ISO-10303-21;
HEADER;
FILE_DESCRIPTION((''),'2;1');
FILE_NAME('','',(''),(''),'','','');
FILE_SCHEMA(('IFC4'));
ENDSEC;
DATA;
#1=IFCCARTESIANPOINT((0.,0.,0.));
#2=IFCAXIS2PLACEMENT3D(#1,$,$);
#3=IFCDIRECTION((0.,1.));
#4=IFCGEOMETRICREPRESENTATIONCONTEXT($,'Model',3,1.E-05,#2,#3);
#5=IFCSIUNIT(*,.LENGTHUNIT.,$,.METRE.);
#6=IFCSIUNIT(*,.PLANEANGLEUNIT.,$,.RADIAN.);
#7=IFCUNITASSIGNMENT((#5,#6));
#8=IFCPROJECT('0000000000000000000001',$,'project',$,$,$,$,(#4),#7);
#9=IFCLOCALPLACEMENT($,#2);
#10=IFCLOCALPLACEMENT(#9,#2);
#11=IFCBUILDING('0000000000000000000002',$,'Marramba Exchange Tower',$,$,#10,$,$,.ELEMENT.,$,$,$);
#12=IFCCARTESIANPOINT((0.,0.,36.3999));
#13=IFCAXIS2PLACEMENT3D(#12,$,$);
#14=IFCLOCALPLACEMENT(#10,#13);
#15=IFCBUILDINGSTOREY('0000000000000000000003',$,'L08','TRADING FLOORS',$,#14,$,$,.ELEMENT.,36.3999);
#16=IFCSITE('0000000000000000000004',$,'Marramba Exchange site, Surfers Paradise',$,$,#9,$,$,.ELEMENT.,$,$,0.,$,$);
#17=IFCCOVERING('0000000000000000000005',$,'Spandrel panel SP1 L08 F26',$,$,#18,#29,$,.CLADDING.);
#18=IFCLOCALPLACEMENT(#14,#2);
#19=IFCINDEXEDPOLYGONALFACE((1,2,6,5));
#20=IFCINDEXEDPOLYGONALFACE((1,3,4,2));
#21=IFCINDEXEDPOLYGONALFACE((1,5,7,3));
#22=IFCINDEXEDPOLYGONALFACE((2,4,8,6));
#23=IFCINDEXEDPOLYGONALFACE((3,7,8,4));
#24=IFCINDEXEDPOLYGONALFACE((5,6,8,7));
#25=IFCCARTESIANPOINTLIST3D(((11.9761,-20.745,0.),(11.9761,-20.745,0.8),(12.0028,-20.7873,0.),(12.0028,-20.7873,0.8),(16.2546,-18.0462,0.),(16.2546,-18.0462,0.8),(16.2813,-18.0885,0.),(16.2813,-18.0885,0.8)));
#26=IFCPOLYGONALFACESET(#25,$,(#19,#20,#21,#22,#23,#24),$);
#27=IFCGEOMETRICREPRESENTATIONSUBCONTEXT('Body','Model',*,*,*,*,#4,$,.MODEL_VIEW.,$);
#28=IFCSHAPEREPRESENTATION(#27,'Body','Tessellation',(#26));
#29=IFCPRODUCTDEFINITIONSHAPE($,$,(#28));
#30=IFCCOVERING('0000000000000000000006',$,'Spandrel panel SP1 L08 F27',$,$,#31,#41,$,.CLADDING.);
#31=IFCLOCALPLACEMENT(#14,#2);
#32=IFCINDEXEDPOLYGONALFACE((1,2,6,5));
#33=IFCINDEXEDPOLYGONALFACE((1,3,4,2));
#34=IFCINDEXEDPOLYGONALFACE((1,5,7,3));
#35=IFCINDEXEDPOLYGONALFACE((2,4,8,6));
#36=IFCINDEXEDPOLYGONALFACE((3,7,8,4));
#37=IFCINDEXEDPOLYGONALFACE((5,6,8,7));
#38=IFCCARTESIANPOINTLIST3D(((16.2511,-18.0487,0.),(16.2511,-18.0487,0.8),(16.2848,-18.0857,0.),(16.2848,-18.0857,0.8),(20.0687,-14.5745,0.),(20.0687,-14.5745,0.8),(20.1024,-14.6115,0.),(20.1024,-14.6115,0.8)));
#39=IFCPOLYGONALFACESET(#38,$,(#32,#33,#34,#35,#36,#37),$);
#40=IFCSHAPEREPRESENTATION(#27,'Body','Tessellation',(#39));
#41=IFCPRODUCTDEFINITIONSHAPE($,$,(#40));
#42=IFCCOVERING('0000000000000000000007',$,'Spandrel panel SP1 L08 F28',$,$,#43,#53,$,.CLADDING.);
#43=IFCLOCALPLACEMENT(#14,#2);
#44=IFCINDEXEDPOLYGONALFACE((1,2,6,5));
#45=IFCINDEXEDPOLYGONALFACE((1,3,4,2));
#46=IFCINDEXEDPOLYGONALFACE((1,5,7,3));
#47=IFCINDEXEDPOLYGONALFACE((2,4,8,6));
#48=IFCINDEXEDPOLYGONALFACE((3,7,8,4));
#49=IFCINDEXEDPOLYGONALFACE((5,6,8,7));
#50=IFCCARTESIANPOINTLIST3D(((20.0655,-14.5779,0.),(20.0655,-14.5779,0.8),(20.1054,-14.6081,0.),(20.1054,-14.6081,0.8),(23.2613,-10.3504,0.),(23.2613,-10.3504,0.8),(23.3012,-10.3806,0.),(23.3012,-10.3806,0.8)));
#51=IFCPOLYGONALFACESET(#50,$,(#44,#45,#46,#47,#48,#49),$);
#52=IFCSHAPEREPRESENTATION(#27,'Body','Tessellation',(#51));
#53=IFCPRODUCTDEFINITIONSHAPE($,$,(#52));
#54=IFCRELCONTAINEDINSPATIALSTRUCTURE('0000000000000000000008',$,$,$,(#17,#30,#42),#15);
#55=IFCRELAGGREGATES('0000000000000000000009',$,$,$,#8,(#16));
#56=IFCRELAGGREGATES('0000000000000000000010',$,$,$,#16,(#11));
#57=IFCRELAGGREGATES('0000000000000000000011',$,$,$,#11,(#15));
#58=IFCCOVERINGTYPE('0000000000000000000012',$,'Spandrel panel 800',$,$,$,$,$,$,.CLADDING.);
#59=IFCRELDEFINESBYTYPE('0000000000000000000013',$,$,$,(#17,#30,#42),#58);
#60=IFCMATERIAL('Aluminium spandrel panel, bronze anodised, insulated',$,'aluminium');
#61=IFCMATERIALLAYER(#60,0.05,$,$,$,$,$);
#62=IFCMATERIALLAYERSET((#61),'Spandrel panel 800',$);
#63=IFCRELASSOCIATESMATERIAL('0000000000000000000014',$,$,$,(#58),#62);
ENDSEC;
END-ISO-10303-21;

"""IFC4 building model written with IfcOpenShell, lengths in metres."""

from ifc_helpers import new_model, si_unit, direction, frame, origin, origin_2d, place, context, subcontext, project, spatial, rectangle, extrude, material, layer, layer_set, type_object, element, save


model = new_model("IFC4")

# Units and contexts
model_context = context("Model", 3, precision=1e-05, world=origin(), true_north=direction((0.0, 1.0)))
body_context = subcontext(model_context, "Body", "Model", "MODEL_VIEW")
ifc_project = project(units=[si_unit("LENGTHUNIT", "METRE"), si_unit("PLANEANGLEUNIT", "RADIAN")], contexts=[model_context])

# Site, building, storey
site_placement = place(None, origin())
site = spatial("IfcSite", under=ifc_project, at=site_placement, Name="Marramba Exchange site, Surfers Paradise", CompositionType="ELEMENT", RefElevation=0.0)
building_placement = place(site_placement, origin())
building = spatial("IfcBuilding", under=site, at=building_placement, Name="Marramba Exchange Tower", CompositionType="ELEMENT")
storey_placement = place(building_placement, frame((0.0, 0.0, 36.3999)))
storey = spatial("IfcBuildingStorey", under=building, at=storey_placement, Name="L08", Description="TRADING FLOORS", CompositionType="ELEMENT", Elevation=36.3999)

# Coverings
ifc_material_1 = material(Name="Aluminium spandrel panel, bronze anodised, insulated", Category="aluminium")
ifc_layer_1 = layer(ifc_material_1, 0.05)
ifc_layer_set_1 = layer_set([ifc_layer_1], Name="Spandrel panel 800")
covering_type = type_object("IfcCoveringType", Name="Spandrel panel 800", PredefinedType="CLADDING", material=ifc_layer_set_1)
covering_1_placement = place(storey_placement, frame((14.1287, -19.4167, 0.0), z_axis=(0.0, 0.0, 1.0), x_axis=(0.845791, 0.533515, 0.0)))
element("IfcCovering", 1, at=covering_1_placement, inside=storey, type_object=covering_type, Name="Spandrel panel SP1 L08 F26", PredefinedType="CLADDING", context=body_context, shape_type="SweptSolid", body=[
    extrude(rectangle(XDim=5.0586, YDim=0.05, at=origin_2d()), origin(), (0.0, 0.0, 1.0), 0.8),
])
covering_2_placement = place(storey_placement, frame((18.1768, -16.3301, 0.0), z_axis=(0.0, 0.0, 1.0), x_axis=(0.73959, 0.673058, 0.0)))
element("IfcCovering", 2, at=covering_2_placement, inside=storey, type_object=covering_type, Name="Spandrel panel SP1 L08 F27", PredefinedType="CLADDING", context=body_context, shape_type="SweptSolid", body=[
    extrude(rectangle(XDim=5.1619, YDim=0.05, at=origin_2d()), origin(), (0.0, 0.0, 1.0), 0.8),
])
covering_3_placement = place(storey_placement, frame((21.6833, -12.4792, 0.0), z_axis=(0.0, 0.0, 1.0), x_axis=(0.60304, 0.797711, 0.0)))
element("IfcCovering", 3, at=covering_3_placement, inside=storey, type_object=covering_type, Name="Spandrel panel SP1 L08 F28", PredefinedType="CLADDING", context=body_context, shape_type="SweptSolid", body=[
    extrude(rectangle(XDim=5.2996, YDim=0.05, at=origin_2d()), origin(), (0.0, 0.0, 1.0), 0.8),
])

save(model, "model.ifc")
